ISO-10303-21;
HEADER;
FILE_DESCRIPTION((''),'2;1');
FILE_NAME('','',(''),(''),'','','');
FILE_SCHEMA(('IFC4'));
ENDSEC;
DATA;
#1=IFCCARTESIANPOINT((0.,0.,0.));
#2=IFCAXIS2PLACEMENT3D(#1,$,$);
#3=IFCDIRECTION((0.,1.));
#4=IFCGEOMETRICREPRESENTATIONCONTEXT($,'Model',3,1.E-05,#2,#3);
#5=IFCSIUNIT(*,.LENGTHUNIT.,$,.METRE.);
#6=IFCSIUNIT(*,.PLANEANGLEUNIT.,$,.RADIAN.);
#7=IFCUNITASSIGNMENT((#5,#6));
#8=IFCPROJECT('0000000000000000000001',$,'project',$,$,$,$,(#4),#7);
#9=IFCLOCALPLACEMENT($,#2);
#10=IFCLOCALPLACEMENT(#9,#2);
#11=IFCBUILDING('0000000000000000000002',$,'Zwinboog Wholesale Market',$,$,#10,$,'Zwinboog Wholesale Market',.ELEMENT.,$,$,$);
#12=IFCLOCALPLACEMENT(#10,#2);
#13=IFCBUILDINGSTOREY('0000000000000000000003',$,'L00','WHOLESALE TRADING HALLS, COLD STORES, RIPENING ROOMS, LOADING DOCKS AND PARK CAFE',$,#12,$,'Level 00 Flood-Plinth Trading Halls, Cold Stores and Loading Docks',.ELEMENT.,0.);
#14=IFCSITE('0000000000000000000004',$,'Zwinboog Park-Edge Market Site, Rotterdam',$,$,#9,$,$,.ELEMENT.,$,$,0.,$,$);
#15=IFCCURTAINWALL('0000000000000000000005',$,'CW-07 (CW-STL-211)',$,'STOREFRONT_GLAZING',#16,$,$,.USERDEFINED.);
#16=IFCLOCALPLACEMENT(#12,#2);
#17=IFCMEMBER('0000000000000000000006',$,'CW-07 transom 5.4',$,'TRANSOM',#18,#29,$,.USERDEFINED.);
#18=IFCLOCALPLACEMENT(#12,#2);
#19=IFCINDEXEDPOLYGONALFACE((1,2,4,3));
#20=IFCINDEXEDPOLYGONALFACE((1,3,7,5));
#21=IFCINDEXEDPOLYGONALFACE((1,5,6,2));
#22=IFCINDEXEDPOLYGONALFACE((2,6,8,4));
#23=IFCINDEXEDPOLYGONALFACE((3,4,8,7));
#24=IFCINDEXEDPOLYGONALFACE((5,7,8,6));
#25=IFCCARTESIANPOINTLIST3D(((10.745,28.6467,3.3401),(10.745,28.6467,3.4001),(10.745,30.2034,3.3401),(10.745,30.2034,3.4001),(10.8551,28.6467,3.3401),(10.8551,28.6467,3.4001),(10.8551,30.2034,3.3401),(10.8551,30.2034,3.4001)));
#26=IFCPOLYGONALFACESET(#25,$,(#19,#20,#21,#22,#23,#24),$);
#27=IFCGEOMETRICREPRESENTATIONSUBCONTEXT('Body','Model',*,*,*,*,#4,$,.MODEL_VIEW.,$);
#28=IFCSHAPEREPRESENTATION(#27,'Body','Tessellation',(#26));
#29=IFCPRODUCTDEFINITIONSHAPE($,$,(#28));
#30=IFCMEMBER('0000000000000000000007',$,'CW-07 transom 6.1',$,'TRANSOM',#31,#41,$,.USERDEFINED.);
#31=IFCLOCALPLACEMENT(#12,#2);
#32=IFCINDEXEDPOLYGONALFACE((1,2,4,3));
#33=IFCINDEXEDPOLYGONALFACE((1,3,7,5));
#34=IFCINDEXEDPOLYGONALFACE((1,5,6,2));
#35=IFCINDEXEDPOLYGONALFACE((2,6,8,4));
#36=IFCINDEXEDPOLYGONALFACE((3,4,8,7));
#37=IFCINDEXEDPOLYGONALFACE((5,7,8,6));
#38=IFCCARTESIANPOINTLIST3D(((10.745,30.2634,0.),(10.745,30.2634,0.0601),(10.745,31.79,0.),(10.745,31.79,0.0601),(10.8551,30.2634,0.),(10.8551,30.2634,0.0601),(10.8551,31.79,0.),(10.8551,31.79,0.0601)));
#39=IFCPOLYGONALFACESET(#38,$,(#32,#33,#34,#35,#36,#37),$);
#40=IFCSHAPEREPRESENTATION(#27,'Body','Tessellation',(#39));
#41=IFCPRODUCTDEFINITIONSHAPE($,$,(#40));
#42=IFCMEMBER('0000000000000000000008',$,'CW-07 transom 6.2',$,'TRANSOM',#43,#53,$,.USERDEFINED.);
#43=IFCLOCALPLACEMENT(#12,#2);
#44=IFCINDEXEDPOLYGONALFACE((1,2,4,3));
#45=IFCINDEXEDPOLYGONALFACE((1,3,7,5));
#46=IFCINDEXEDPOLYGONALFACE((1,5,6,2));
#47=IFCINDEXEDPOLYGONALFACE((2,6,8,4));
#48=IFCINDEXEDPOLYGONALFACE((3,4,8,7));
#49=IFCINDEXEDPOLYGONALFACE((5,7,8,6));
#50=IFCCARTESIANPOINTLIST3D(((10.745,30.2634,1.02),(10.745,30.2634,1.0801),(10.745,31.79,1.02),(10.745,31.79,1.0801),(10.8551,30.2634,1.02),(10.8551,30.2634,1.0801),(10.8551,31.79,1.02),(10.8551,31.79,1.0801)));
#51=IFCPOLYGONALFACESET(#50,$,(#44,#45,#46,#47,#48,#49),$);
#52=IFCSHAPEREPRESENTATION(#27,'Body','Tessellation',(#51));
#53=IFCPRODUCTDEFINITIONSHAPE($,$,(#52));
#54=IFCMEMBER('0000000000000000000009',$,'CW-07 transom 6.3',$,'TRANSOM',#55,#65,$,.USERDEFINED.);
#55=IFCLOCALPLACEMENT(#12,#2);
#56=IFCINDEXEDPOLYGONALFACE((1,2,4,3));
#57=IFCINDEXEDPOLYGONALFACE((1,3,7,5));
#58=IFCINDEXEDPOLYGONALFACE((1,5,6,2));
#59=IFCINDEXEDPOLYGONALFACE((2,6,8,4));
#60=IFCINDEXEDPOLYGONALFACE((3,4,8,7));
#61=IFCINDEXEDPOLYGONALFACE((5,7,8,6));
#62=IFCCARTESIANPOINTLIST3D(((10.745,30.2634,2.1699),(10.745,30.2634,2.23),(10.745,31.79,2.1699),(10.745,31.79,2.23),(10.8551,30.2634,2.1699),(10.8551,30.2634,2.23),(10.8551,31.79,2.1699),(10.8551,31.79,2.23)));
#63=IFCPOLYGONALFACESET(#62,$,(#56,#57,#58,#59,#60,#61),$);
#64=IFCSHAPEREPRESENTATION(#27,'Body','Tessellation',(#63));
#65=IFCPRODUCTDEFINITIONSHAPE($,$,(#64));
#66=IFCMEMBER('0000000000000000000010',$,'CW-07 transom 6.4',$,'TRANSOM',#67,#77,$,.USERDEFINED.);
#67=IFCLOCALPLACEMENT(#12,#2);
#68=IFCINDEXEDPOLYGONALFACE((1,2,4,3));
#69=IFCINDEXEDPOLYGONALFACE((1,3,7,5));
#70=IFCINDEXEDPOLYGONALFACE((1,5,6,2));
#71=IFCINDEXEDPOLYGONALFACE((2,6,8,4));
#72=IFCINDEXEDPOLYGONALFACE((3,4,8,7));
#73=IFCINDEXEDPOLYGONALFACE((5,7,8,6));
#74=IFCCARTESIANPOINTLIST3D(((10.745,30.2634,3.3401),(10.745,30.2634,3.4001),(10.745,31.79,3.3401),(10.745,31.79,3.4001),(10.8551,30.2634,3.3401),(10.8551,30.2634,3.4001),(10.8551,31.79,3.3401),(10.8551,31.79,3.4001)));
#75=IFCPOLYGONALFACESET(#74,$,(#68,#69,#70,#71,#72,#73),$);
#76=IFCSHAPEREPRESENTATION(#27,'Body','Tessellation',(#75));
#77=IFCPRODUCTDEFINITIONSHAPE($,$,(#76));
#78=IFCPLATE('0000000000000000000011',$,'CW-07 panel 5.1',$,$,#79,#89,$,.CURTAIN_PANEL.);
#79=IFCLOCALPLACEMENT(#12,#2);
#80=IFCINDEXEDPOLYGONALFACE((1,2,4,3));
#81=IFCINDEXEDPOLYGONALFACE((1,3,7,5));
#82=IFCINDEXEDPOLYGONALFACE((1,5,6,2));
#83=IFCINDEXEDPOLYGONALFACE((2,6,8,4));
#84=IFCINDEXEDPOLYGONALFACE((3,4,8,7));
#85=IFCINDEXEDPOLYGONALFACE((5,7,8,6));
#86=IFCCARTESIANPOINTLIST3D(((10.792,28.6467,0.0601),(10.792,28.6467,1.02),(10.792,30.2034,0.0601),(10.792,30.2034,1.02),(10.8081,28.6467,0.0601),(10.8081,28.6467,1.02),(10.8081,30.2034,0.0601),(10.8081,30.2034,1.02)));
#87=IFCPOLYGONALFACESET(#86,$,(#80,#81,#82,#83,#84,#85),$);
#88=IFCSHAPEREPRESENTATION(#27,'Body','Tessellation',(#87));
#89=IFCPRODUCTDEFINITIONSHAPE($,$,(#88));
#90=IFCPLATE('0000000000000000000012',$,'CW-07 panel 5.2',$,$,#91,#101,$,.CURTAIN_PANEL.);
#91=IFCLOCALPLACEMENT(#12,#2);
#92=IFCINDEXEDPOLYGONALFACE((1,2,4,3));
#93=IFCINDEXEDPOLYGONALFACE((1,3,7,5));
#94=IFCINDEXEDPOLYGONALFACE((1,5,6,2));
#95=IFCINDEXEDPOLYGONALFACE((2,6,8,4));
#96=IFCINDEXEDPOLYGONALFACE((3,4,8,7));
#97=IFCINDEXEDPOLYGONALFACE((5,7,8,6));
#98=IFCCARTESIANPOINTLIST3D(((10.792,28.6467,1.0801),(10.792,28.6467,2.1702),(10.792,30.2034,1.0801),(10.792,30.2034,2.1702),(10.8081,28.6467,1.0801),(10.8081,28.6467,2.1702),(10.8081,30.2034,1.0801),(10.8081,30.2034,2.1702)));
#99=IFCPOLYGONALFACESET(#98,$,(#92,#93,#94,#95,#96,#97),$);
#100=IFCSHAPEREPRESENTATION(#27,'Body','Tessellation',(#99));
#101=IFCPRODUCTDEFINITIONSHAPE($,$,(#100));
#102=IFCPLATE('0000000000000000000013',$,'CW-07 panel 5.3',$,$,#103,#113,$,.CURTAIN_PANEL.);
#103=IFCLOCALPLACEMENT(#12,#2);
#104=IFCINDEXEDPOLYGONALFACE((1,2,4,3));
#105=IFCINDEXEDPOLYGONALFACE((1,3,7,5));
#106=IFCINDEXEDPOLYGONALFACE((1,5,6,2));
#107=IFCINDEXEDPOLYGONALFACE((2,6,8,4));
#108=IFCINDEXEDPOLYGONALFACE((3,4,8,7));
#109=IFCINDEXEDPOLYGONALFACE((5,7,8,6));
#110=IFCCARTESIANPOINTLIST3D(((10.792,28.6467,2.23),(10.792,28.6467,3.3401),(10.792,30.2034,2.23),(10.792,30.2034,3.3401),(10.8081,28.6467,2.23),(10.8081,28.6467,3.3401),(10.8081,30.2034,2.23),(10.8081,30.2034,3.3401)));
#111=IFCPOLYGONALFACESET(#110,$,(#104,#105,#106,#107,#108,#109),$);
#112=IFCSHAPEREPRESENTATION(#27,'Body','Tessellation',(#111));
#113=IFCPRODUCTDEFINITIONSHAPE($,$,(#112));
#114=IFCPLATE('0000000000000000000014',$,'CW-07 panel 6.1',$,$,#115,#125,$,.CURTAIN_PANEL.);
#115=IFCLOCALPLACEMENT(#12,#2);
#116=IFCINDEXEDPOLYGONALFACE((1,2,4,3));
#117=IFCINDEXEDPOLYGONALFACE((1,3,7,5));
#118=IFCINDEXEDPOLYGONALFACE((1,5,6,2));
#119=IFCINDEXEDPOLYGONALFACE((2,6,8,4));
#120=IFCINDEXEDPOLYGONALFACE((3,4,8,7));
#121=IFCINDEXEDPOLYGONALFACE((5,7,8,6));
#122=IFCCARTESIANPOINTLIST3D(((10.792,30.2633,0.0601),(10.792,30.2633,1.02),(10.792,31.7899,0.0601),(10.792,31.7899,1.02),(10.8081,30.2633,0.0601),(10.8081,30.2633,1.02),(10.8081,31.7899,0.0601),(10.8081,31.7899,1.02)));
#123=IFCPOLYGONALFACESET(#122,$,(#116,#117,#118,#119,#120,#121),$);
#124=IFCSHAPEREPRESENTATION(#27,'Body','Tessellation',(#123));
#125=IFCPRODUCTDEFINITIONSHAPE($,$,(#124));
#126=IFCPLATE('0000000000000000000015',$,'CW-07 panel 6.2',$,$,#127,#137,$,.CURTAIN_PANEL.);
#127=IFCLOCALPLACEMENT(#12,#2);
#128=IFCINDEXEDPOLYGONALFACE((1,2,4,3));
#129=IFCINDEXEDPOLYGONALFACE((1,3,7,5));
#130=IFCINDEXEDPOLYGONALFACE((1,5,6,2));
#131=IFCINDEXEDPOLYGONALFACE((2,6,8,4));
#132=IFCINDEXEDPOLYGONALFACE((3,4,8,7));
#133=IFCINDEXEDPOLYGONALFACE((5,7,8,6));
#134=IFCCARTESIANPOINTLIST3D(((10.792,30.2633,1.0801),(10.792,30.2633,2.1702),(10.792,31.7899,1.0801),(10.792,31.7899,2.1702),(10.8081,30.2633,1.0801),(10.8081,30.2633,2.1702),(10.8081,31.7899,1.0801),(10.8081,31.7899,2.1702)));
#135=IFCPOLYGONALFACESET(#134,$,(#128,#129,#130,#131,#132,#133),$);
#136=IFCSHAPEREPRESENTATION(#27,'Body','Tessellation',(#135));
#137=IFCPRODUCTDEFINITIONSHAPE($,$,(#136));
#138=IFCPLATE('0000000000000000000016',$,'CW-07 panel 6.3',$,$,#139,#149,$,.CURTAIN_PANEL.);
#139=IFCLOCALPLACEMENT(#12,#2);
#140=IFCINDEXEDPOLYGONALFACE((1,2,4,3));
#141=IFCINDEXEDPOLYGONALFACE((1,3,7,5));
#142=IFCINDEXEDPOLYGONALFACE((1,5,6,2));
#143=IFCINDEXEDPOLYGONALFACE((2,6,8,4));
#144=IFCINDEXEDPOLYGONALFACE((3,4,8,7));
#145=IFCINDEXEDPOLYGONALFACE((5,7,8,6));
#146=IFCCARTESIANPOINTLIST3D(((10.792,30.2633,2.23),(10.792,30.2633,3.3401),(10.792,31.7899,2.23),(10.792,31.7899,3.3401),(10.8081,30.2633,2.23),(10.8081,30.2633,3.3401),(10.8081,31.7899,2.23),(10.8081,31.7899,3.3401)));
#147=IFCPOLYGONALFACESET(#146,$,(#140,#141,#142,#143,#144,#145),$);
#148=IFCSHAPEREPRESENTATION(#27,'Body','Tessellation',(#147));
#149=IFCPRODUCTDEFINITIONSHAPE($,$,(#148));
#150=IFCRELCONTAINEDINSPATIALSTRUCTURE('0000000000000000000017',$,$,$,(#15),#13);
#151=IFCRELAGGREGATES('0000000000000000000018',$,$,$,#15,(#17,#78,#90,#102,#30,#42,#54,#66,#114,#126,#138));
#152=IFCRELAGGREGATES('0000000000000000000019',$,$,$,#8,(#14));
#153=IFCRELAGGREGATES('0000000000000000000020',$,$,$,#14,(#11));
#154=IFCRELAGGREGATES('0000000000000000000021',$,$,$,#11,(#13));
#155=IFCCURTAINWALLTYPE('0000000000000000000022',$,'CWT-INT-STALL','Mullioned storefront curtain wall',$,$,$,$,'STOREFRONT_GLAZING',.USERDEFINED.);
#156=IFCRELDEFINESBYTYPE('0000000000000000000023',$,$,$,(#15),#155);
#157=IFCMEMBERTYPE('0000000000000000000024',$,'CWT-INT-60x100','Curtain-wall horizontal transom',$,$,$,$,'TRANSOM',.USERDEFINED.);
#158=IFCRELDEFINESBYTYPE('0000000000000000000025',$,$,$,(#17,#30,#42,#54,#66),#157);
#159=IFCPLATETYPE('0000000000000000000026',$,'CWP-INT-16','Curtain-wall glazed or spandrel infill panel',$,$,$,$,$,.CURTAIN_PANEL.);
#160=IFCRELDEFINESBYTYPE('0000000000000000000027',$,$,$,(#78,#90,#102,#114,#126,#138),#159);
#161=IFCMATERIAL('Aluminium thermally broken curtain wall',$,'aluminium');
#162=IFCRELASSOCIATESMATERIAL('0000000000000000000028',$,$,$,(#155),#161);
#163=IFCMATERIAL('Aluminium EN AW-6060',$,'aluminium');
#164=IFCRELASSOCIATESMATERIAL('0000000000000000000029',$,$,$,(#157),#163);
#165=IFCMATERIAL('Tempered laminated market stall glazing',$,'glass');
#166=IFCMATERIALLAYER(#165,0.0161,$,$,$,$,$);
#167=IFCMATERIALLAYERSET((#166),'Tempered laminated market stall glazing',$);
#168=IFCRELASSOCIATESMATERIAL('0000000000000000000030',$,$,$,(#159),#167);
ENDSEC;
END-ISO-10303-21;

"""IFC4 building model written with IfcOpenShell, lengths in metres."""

from ifc_helpers import new_model, si_unit, direction, frame, origin, origin_2d, place, context, subcontext, project, spatial, rectangle, extrude, material, layer, layer_set, material_profile, profile_set, type_object, element, aggregate, save


model = new_model("IFC4")

# Units and contexts
model_context = context("Model", 3, precision=1e-05, world=origin(), true_north=direction((0.0, 1.0)))
body_context = subcontext(model_context, "Body", "Model", "MODEL_VIEW")
ifc_project = project(units=[si_unit("LENGTHUNIT", "METRE"), si_unit("PLANEANGLEUNIT", "RADIAN")], contexts=[model_context])

# Site, building, storey
site_placement = place(None, origin())
site = spatial("IfcSite", under=ifc_project, at=site_placement, Name="Zwinboog Park-Edge Market Site, Rotterdam", CompositionType="ELEMENT", RefElevation=0.0)
building_placement = place(site_placement, origin())
building = spatial("IfcBuilding", under=site, at=building_placement, Name="Zwinboog Wholesale Market", LongName="Zwinboog Wholesale Market", CompositionType="ELEMENT")
storey_placement = place(building_placement, origin())
storey = spatial("IfcBuildingStorey", under=building, at=storey_placement, Name="L00", Description="WHOLESALE TRADING HALLS, COLD STORES, RIPENING ROOMS, LOADING DOCKS AND PARK CAFE", LongName="Level 00 Flood-Plinth Trading Halls, Cold Stores and Loading Docks", CompositionType="ELEMENT", Elevation=0.0)

# Curtain wall, members, plates
ifc_material_1 = material(Name="Aluminium thermally broken curtain wall", Category="aluminium")
curtain_wall_type = type_object("IfcCurtainWallType", Name="CWT-INT-STALL", Description="Mullioned storefront curtain wall", ElementType="STOREFRONT_GLAZING", PredefinedType="USERDEFINED", material=ifc_material_1)
curtain_wall_placement = place(storey_placement, origin())
curtain_wall = element("IfcCurtainWall", 1, at=curtain_wall_placement, inside=storey, type_object=curtain_wall_type, Name="CW-07 (CW-STL-211)", ObjectType="STOREFRONT_GLAZING", PredefinedType="USERDEFINED")
ifc_material_2 = material(Name="Aluminium EN AW-6060", Category="aluminium")
ifc_material_profile_1 = material_profile(ifc_material_2, rectangle(XDim=0.1101, YDim=0.0601, at=origin_2d()), Name="AL 60x110")
ifc_profile_set_1 = profile_set([ifc_material_profile_1], Name="Aluminium EN AW-6060")
member_type_1 = type_object("IfcMemberType", Name="CWT-INT-60x100", Description="Curtain-wall horizontal transom", ElementType="TRANSOM", PredefinedType="USERDEFINED", material=ifc_profile_set_1)
member_1_placement = place(storey_placement, frame((10.8, 28.6467, 3.3701), z_axis=(0.0, 1.0, 0.0), x_axis=(-1.0, 0.0, 0.0)))
member_1 = element("IfcMember", 2, at=member_1_placement, type_object=member_type_1, Name="CW-07 transom 5.4", ObjectType="TRANSOM", PredefinedType="USERDEFINED", context=body_context, shape_type="SweptSolid", body=[
    extrude(rectangle(XDim=0.1101, YDim=0.0601, at=origin_2d()), origin(), (0.0, 0.0, 1.0), 1.5566),
])
member_2_placement = place(storey_placement, frame((10.8, 30.2634, 0.03), z_axis=(0.0, 1.0, 0.0), x_axis=(-1.0, 0.0, 0.0)))
member_2 = element("IfcMember", 3, at=member_2_placement, type_object=member_type_1, Name="CW-07 transom 6.1", ObjectType="TRANSOM", PredefinedType="USERDEFINED", context=body_context, shape_type="SweptSolid", body=[
    extrude(rectangle(XDim=0.1101, YDim=0.0601, at=origin_2d()), origin(), (0.0, 0.0, 1.0), 1.5266),
])
member_3_placement = place(storey_placement, frame((10.8, 30.2634, 1.05), z_axis=(0.0, 1.0, 0.0), x_axis=(-1.0, 0.0, 0.0)))
member_3 = element("IfcMember", 4, at=member_3_placement, type_object=member_type_1, Name="CW-07 transom 6.2", ObjectType="TRANSOM", PredefinedType="USERDEFINED", context=body_context, shape_type="SweptSolid", body=[
    extrude(rectangle(XDim=0.1101, YDim=0.0601, at=origin_2d()), origin(), (0.0, 0.0, 1.0), 1.5266),
])
member_4_placement = place(storey_placement, frame((10.8, 30.2634, 2.2), z_axis=(0.0, 1.0, 0.0), x_axis=(-1.0, 0.0, 0.0)))
member_4 = element("IfcMember", 5, at=member_4_placement, type_object=member_type_1, Name="CW-07 transom 6.3", ObjectType="TRANSOM", PredefinedType="USERDEFINED", context=body_context, shape_type="SweptSolid", body=[
    extrude(rectangle(XDim=0.1101, YDim=0.0601, at=origin_2d()), origin(), (0.0, 0.0, 1.0), 1.5266),
])
member_5_placement = place(storey_placement, frame((10.8, 30.2634, 3.3701), z_axis=(0.0, 1.0, 0.0), x_axis=(-1.0, 0.0, 0.0)))
member_5 = element("IfcMember", 6, at=member_5_placement, type_object=member_type_1, Name="CW-07 transom 6.4", ObjectType="TRANSOM", PredefinedType="USERDEFINED", context=body_context, shape_type="SweptSolid", body=[
    extrude(rectangle(XDim=0.1101, YDim=0.0601, at=origin_2d()), origin(), (0.0, 0.0, 1.0), 1.5266),
])
ifc_material_3 = material(Name="Tempered laminated market stall glazing", Category="glass")
ifc_layer = layer(ifc_material_3, 0.0161)
ifc_layer_set = layer_set([ifc_layer], Name="Tempered laminated market stall glazing")
plate_type = type_object("IfcPlateType", Name="CWP-INT-16", Description="Curtain-wall glazed or spandrel infill panel", PredefinedType="CURTAIN_PANEL", material=ifc_layer_set)
plate_1_placement = place(storey_placement, frame((10.8, 29.425, 0.0601), z_axis=(0.0, 0.0, 1.0), x_axis=(0.0, 1.0, 0.0)))
plate_1 = element("IfcPlate", 7, at=plate_1_placement, type_object=plate_type, Name="CW-07 panel 5.1", PredefinedType="CURTAIN_PANEL", context=body_context, shape_type="SweptSolid", body=[
    extrude(rectangle(XDim=1.5566, YDim=0.0161, at=origin_2d()), origin(), (0.0, 0.0, 1.0), 0.96),
])
plate_2_placement = place(storey_placement, frame((10.8, 29.425, 1.0801), z_axis=(0.0, 0.0, 1.0), x_axis=(0.0, 1.0, 0.0)))
plate_2 = element("IfcPlate", 8, at=plate_2_placement, type_object=plate_type, Name="CW-07 panel 5.2", PredefinedType="CURTAIN_PANEL", context=body_context, shape_type="SweptSolid", body=[
    extrude(rectangle(XDim=1.5566, YDim=0.0161, at=origin_2d()), origin(), (0.0, 0.0, 1.0), 1.0901),
])
plate_3_placement = place(storey_placement, frame((10.8, 29.425, 2.23), z_axis=(0.0, 0.0, 1.0), x_axis=(0.0, 1.0, 0.0)))
plate_3 = element("IfcPlate", 9, at=plate_3_placement, type_object=plate_type, Name="CW-07 panel 5.3", PredefinedType="CURTAIN_PANEL", context=body_context, shape_type="SweptSolid", body=[
    extrude(rectangle(XDim=1.5566, YDim=0.0161, at=origin_2d()), origin(), (0.0, 0.0, 1.0), 1.1101),
])
plate_4_placement = place(storey_placement, frame((10.8, 31.0266, 0.0601), z_axis=(0.0, 0.0, 1.0), x_axis=(0.0, 1.0, 0.0)))
plate_4 = element("IfcPlate", 10, at=plate_4_placement, type_object=plate_type, Name="CW-07 panel 6.1", PredefinedType="CURTAIN_PANEL", context=body_context, shape_type="SweptSolid", body=[
    extrude(rectangle(XDim=1.5266, YDim=0.0161, at=origin_2d()), origin(), (0.0, 0.0, 1.0), 0.96),
])
plate_5_placement = place(storey_placement, frame((10.8, 31.0266, 1.0801), z_axis=(0.0, 0.0, 1.0), x_axis=(0.0, 1.0, 0.0)))
plate_5 = element("IfcPlate", 11, at=plate_5_placement, type_object=plate_type, Name="CW-07 panel 6.2", PredefinedType="CURTAIN_PANEL", context=body_context, shape_type="SweptSolid", body=[
    extrude(rectangle(XDim=1.5266, YDim=0.0161, at=origin_2d()), origin(), (0.0, 0.0, 1.0), 1.0901),
])
plate_6_placement = place(storey_placement, frame((10.8, 31.0266, 2.23), z_axis=(0.0, 0.0, 1.0), x_axis=(0.0, 1.0, 0.0)))
plate_6 = element("IfcPlate", 12, at=plate_6_placement, type_object=plate_type, Name="CW-07 panel 6.3", PredefinedType="CURTAIN_PANEL", context=body_context, shape_type="SweptSolid", body=[
    extrude(rectangle(XDim=1.5266, YDim=0.0161, at=origin_2d()), origin(), (0.0, 0.0, 1.0), 1.1101),
])
aggregate(curtain_wall, [member_1, plate_1, plate_2, plate_3, member_2, member_3, member_4, member_5, plate_4, plate_5, plate_6])

save(model, "model.ifc")
